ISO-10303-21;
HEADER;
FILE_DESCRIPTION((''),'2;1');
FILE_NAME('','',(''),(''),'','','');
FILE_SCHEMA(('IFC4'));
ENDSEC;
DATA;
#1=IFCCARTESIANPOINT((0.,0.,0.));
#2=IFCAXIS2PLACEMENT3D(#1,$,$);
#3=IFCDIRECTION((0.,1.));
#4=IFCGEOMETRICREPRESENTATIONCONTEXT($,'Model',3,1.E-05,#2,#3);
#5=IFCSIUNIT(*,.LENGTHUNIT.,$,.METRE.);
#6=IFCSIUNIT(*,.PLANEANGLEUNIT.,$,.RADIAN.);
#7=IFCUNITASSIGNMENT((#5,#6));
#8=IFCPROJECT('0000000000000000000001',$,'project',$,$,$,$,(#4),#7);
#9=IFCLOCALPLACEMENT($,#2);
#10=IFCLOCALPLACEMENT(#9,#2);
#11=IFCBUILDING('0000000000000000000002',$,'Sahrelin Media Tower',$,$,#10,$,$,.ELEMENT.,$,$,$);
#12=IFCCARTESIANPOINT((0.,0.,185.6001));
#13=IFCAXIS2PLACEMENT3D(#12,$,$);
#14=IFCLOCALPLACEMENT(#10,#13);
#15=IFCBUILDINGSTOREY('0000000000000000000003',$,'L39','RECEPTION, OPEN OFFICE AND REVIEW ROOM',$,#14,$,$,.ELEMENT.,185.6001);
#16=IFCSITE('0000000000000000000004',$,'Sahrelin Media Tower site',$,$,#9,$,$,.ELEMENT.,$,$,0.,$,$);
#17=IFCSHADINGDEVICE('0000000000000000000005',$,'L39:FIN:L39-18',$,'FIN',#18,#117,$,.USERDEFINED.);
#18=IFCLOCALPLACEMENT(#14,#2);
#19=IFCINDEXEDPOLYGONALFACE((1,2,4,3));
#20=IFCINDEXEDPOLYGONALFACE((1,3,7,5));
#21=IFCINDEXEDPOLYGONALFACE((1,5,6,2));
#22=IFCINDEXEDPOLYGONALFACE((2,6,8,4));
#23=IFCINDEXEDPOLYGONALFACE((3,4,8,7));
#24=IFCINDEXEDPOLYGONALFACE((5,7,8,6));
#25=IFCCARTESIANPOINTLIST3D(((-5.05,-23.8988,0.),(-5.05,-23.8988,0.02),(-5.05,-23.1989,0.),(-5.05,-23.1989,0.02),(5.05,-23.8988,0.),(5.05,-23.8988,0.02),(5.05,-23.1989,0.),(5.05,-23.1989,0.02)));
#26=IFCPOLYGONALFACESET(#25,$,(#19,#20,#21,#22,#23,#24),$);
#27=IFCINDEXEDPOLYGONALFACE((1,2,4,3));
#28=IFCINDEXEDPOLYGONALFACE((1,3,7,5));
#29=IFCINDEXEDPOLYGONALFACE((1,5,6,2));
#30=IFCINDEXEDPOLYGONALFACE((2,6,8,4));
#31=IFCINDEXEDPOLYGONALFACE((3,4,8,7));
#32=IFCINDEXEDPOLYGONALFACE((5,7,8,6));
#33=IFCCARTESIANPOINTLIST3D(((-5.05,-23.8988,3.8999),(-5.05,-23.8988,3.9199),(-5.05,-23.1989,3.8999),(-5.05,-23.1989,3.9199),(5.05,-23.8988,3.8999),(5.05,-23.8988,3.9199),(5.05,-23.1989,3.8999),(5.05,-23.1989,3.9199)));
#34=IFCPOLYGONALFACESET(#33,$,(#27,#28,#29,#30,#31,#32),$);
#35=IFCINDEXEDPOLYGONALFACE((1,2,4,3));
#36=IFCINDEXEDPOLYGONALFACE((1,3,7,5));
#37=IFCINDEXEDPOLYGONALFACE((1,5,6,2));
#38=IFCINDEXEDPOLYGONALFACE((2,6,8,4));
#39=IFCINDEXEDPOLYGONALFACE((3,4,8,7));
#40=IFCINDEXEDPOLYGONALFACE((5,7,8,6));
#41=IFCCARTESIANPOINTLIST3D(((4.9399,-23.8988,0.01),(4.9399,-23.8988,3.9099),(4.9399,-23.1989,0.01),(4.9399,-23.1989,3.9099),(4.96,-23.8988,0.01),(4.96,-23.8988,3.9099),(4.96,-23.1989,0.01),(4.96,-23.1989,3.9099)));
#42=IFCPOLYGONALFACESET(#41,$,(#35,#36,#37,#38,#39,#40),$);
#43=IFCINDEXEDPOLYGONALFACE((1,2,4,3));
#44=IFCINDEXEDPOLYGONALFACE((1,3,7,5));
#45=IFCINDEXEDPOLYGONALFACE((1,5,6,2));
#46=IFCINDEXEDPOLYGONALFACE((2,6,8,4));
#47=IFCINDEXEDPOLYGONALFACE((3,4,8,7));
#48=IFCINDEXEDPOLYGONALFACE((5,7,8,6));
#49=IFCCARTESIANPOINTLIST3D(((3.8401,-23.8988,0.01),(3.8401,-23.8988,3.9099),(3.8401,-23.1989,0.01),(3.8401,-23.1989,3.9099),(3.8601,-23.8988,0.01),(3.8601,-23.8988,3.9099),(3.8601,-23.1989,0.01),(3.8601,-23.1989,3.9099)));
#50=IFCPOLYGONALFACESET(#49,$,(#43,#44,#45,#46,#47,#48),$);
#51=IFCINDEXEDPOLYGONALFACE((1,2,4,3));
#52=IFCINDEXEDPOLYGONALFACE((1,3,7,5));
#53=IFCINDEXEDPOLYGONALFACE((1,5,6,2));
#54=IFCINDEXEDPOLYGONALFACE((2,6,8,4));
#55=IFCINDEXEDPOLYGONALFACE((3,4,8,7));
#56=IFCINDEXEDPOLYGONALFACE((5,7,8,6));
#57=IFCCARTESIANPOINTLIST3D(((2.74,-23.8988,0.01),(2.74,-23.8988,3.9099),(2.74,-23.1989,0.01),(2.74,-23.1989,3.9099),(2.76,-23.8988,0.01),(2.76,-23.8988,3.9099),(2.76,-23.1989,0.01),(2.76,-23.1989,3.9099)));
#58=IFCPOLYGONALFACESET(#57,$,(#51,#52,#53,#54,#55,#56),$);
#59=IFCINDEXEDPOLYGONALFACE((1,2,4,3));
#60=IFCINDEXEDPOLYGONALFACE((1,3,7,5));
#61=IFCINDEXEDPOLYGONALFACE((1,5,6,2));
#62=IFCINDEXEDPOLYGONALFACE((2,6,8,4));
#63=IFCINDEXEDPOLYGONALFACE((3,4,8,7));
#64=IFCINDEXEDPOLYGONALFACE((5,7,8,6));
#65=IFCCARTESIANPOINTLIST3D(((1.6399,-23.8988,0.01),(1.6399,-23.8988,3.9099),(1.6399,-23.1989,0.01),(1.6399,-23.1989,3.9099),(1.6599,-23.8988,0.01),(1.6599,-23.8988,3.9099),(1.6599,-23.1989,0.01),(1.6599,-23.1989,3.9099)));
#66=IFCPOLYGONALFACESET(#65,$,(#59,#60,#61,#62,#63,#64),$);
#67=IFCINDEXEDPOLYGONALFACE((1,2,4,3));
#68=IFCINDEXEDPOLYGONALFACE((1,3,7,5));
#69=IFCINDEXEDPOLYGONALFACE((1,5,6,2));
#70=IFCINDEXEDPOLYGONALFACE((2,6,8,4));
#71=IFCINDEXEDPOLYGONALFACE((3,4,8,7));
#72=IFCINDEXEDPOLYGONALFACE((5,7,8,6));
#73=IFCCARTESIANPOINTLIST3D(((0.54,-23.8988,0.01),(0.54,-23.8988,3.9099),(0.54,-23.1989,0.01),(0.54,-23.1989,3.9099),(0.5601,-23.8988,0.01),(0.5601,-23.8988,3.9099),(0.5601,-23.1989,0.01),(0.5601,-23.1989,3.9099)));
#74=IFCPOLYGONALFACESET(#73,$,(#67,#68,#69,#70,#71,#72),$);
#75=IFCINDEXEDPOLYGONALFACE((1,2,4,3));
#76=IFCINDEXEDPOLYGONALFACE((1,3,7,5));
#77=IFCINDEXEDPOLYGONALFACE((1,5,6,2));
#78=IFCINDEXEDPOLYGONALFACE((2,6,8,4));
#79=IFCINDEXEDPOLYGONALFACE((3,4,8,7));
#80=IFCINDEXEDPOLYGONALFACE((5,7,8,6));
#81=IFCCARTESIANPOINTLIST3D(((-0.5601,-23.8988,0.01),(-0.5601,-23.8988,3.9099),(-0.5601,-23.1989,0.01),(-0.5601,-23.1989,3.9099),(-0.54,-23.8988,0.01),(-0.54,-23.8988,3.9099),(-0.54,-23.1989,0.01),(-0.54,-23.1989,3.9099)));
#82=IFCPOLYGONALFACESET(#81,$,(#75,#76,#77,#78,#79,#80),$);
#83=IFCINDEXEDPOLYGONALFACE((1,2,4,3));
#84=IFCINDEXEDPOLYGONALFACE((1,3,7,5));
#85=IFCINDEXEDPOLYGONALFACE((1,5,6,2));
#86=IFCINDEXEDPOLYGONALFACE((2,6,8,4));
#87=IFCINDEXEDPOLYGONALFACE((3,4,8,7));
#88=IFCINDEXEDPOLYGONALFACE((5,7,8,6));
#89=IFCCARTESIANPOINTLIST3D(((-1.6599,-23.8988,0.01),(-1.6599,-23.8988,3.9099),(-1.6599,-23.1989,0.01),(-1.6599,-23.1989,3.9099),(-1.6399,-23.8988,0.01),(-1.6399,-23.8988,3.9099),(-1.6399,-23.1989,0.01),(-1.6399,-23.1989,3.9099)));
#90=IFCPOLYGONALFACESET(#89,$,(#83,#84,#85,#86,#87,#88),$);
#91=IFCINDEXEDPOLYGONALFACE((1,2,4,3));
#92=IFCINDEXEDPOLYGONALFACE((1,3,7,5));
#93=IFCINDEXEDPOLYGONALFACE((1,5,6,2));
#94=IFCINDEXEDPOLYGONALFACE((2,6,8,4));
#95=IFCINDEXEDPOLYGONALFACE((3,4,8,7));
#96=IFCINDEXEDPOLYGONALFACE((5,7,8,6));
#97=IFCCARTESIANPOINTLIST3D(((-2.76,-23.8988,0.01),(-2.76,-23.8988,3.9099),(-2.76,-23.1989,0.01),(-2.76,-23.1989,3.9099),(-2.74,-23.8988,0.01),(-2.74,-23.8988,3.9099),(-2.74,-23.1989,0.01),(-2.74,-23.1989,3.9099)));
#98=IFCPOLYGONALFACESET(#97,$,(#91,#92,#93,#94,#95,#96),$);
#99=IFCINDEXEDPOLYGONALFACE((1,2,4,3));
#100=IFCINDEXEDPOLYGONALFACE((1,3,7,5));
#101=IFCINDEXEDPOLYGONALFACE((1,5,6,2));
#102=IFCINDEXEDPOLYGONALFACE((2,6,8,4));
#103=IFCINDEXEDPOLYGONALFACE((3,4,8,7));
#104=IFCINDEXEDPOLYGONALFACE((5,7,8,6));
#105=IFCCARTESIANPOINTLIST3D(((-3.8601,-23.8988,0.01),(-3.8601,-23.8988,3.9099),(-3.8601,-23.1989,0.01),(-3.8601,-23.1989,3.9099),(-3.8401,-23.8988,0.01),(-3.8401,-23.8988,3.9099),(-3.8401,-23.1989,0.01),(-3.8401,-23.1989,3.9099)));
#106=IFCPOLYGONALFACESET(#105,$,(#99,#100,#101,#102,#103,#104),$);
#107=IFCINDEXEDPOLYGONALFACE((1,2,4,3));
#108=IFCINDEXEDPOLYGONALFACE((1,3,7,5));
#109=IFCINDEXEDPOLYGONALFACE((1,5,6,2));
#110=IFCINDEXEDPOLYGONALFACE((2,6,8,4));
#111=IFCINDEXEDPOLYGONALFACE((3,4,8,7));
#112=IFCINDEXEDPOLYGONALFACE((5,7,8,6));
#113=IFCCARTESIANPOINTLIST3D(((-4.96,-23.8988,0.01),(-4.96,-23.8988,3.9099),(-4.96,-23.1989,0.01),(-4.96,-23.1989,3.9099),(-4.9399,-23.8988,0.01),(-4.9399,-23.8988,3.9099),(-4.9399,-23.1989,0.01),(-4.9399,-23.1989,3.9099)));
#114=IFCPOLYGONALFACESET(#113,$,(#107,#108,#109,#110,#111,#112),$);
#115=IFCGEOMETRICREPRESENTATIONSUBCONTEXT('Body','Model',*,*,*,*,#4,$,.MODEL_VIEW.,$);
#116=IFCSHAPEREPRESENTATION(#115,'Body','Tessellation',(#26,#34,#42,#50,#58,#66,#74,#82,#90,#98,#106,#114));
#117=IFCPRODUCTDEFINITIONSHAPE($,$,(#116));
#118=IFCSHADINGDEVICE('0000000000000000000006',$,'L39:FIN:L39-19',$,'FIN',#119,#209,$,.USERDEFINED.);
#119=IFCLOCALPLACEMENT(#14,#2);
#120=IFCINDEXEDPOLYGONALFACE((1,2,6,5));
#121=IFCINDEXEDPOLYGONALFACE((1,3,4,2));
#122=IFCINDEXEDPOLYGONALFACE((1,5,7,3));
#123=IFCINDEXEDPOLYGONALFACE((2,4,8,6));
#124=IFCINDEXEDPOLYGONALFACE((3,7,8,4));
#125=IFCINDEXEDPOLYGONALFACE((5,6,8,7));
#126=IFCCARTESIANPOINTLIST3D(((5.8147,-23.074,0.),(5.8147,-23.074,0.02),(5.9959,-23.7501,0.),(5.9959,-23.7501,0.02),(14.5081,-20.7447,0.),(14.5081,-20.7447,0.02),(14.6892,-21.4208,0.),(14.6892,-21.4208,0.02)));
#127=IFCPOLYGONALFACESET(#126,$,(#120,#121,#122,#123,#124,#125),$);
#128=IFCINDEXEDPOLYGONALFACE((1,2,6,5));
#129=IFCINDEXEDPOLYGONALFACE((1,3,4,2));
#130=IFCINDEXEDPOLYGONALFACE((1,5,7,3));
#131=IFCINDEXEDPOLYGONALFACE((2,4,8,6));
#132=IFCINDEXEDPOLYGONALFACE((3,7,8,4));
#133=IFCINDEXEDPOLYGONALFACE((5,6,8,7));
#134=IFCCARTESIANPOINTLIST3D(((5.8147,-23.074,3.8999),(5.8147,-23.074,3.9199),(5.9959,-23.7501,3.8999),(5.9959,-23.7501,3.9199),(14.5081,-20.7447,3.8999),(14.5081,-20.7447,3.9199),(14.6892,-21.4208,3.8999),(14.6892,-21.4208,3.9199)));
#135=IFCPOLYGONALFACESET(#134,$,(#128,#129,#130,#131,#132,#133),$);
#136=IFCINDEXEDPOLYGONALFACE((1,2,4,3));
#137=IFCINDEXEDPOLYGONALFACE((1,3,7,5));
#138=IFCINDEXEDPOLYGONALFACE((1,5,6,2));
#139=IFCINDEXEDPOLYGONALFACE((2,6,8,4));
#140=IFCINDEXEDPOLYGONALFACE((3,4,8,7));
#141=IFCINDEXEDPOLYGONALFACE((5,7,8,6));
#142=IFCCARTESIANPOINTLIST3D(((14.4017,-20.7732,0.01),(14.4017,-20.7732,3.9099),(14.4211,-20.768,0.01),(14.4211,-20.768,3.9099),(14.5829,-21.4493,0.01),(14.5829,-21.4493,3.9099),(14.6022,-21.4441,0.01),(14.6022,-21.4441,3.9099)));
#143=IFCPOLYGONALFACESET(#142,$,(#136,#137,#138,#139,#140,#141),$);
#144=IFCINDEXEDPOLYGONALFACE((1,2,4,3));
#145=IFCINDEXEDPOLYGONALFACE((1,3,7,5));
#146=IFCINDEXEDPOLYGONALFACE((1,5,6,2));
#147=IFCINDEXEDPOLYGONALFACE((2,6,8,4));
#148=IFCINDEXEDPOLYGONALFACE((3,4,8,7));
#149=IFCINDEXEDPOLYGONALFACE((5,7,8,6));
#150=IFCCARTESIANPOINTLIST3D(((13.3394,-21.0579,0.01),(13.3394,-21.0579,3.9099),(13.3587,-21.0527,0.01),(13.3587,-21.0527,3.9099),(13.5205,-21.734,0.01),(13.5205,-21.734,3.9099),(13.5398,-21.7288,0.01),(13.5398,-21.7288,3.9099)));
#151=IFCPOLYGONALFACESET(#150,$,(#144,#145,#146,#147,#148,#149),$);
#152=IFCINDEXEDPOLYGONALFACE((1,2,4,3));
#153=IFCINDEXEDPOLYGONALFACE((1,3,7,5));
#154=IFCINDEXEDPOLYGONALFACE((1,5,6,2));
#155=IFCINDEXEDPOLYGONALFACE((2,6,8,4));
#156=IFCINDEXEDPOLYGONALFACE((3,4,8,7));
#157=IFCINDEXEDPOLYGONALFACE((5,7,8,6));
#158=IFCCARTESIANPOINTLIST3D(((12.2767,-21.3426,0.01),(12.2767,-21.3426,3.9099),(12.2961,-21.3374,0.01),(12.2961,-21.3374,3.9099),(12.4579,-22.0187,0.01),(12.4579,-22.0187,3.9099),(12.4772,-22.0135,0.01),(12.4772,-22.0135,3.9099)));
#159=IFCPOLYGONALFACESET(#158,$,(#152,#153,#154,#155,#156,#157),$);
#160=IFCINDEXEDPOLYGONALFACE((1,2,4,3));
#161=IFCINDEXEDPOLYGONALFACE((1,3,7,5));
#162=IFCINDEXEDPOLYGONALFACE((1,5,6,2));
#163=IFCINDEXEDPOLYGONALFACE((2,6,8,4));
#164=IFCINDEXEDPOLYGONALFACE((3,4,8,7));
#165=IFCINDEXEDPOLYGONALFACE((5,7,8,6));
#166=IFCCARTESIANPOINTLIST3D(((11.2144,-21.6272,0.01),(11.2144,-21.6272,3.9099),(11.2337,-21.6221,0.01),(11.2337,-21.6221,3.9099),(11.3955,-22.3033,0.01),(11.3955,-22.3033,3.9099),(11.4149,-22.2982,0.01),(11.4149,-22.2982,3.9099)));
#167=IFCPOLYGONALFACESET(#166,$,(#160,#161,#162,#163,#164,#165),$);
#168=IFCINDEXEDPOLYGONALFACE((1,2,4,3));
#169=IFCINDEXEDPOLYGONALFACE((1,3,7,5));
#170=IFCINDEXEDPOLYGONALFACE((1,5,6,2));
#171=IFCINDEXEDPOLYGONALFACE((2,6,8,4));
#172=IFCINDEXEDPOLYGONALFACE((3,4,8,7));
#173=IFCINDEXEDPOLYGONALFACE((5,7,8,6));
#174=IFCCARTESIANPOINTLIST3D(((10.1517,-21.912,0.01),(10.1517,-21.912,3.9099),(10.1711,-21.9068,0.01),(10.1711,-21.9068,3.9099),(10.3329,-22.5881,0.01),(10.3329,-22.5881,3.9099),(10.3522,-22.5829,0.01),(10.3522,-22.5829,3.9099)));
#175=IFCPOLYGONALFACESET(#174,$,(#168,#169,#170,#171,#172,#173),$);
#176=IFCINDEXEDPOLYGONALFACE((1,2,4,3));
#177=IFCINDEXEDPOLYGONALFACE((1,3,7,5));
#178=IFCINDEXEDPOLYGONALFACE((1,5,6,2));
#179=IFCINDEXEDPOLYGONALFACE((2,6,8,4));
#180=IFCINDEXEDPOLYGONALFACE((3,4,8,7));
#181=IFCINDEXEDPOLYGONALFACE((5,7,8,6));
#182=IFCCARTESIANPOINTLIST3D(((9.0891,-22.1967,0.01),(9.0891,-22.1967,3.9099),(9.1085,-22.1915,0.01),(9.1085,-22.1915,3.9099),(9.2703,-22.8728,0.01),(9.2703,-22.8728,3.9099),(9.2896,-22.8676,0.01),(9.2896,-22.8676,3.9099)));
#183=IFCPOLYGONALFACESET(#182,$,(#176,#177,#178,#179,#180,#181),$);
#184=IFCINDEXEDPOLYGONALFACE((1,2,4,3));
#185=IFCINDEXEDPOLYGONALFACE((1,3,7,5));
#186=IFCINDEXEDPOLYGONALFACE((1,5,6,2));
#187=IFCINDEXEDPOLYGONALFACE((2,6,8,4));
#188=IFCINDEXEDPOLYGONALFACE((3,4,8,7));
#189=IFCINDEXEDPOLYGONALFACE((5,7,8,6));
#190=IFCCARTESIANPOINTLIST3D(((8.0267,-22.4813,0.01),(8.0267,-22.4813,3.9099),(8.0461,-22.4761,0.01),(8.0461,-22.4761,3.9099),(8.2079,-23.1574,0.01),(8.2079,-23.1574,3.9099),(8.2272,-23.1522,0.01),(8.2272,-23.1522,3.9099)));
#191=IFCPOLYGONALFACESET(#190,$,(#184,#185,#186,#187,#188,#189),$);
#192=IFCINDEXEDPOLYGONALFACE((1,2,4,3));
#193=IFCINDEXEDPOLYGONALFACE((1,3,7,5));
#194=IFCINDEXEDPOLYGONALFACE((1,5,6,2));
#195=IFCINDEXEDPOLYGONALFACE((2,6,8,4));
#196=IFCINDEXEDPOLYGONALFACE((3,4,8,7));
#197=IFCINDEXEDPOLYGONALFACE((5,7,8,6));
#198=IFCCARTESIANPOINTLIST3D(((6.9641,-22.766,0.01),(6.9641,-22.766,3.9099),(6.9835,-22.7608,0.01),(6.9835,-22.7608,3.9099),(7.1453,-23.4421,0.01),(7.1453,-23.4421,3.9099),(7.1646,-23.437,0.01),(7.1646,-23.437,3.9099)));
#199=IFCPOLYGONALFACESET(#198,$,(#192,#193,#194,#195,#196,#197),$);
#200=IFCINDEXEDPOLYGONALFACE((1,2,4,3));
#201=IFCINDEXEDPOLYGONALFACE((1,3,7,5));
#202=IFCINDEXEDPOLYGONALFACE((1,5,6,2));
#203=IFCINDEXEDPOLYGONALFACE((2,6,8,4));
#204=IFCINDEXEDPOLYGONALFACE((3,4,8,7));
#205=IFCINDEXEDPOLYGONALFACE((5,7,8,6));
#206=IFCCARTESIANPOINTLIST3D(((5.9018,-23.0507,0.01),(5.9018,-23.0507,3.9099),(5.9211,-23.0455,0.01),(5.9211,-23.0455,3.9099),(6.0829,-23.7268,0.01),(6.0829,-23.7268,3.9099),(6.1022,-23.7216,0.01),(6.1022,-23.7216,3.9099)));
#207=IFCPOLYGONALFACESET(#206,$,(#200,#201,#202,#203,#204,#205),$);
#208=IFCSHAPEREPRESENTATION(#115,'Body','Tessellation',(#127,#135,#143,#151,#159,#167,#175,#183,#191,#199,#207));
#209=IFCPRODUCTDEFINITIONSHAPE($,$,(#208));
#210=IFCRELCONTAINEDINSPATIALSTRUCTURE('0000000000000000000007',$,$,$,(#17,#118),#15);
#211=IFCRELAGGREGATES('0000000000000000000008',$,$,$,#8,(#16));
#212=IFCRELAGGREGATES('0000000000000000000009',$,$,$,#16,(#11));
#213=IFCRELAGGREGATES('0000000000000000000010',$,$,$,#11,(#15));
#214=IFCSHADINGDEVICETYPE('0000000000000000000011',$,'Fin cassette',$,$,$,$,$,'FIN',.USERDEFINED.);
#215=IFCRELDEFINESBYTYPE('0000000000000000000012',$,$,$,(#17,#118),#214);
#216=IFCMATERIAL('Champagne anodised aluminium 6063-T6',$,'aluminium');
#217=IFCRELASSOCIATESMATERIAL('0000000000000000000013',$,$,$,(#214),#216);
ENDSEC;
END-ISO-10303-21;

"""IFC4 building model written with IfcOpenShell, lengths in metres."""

from ifc_helpers import new_model, si_unit, direction, frame, origin, origin_2d, place, context, subcontext, project, spatial, rectangle, extrude, material, type_object, element, save


model = new_model("IFC4")

# Units and contexts
model_context = context("Model", 3, precision=1e-05, world=origin(), true_north=direction((0.0, 1.0)))
body_context = subcontext(model_context, "Body", "Model", "MODEL_VIEW")
ifc_project = project(units=[si_unit("LENGTHUNIT", "METRE"), si_unit("PLANEANGLEUNIT", "RADIAN")], contexts=[model_context])

# Site, building, storey
site_placement = place(None, origin())
site = spatial("IfcSite", under=ifc_project, at=site_placement, Name="Sahrelin Media Tower site", CompositionType="ELEMENT", RefElevation=0.0)
building_placement = place(site_placement, origin())
building = spatial("IfcBuilding", under=site, at=building_placement, Name="Sahrelin Media Tower", CompositionType="ELEMENT")
storey_placement = place(building_placement, frame((0.0, 0.0, 185.6001)))
storey = spatial("IfcBuildingStorey", under=building, at=storey_placement, Name="L39", Description="RECEPTION, OPEN OFFICE AND REVIEW ROOM", CompositionType="ELEMENT", Elevation=185.6001)

# Shared definitions
ifc_material_1 = material(Name="Champagne anodised aluminium 6063-T6", Category="aluminium")

# Shading devices
shading_device_type_1 = type_object("IfcShadingDeviceType", Name="Fin cassette", ElementType="FIN", PredefinedType="USERDEFINED", material=ifc_material_1)
placement_1 = place(storey_placement, frame((0.0, -23.1289, 0.0), z_axis=(0.0, 0.0, 1.0), x_axis=(-1.0, 0.0, 0.0)))
element("IfcShadingDevice", 1, at=placement_1, inside=storey, type_object=shading_device_type_1, Name="L39:FIN:L39-18", ObjectType="FIN", PredefinedType="USERDEFINED", context=body_context, shape_type="SweptSolid", body=[
    extrude(rectangle(XDim=10.1001, YDim=0.7, at=origin_2d()), frame((0.0, 0.4199, 0.0)), (0.0, 0.0, 1.0), 0.02),
    extrude(rectangle(XDim=10.1001, YDim=0.7, at=origin_2d()), frame((0.0, 0.4199, 3.8999)), (0.0, 0.0, 1.0), 0.02),
    extrude(rectangle(XDim=0.02, YDim=0.7, at=origin_2d()), frame((-4.95, 0.4199, 0.01), z_axis=(0.0, 0.0, 1.0), x_axis=(1.0, 0.0, 0.0)), (0.0, 0.0, 1.0), 3.8999),
    extrude(rectangle(XDim=0.02, YDim=0.7, at=origin_2d()), frame((-3.8501, 0.4199, 0.01), z_axis=(0.0, 0.0, 1.0), x_axis=(1.0, 0.0, 0.0)), (0.0, 0.0, 1.0), 3.8999),
    extrude(rectangle(XDim=0.02, YDim=0.7, at=origin_2d()), frame((-2.75, 0.4199, 0.01), z_axis=(0.0, 0.0, 1.0), x_axis=(1.0, 0.0, 0.0)), (0.0, 0.0, 1.0), 3.8999),
    extrude(rectangle(XDim=0.02, YDim=0.7, at=origin_2d()), frame((-1.6499, 0.4199, 0.01), z_axis=(0.0, 0.0, 1.0), x_axis=(1.0, 0.0, 0.0)), (0.0, 0.0, 1.0), 3.8999),
    extrude(rectangle(XDim=0.02, YDim=0.7, at=origin_2d()), frame((-0.55, 0.4199, 0.01), z_axis=(0.0, 0.0, 1.0), x_axis=(1.0, 0.0, 0.0)), (0.0, 0.0, 1.0), 3.8999),
    extrude(rectangle(XDim=0.02, YDim=0.7, at=origin_2d()), frame((0.55, 0.4199, 0.01), z_axis=(0.0, 0.0, 1.0), x_axis=(1.0, 0.0, 0.0)), (0.0, 0.0, 1.0), 3.8999),
    extrude(rectangle(XDim=0.02, YDim=0.7, at=origin_2d()), frame((1.6499, 0.4199, 0.01), z_axis=(0.0, 0.0, 1.0), x_axis=(1.0, 0.0, 0.0)), (0.0, 0.0, 1.0), 3.8999),
    extrude(rectangle(XDim=0.02, YDim=0.7, at=origin_2d()), frame((2.75, 0.4199, 0.01), z_axis=(0.0, 0.0, 1.0), x_axis=(1.0, 0.0, 0.0)), (0.0, 0.0, 1.0), 3.8999),
    extrude(rectangle(XDim=0.02, YDim=0.7, at=origin_2d()), frame((3.8501, 0.4199, 0.01), z_axis=(0.0, 0.0, 1.0), x_axis=(1.0, 0.0, 0.0)), (0.0, 0.0, 1.0), 3.8999),
    extrude(rectangle(XDim=0.02, YDim=0.7, at=origin_2d()), frame((4.95, 0.4199, 0.01), z_axis=(0.0, 0.0, 1.0), x_axis=(1.0, 0.0, 0.0)), (0.0, 0.0, 1.0), 3.8999),
])
placement_2 = place(storey_placement, frame((10.1433, -21.8418, 0.0), z_axis=(0.0, 0.0, 1.0), x_axis=(-0.965929, -0.258808, 0.0)))
element("IfcShadingDevice", 2, at=placement_2, inside=storey, type_object=shading_device_type_1, Name="L39:FIN:L39-19", ObjectType="FIN", PredefinedType="USERDEFINED", context=body_context, shape_type="SweptSolid", body=[
    extrude(rectangle(XDim=9.0, YDim=0.7, at=origin_2d()), frame((0.0, 0.4199, 0.0)), (0.0, 0.0, 1.0), 0.02),
    extrude(rectangle(XDim=9.0, YDim=0.7, at=origin_2d()), frame((0.0, 0.4199, 3.8999)), (0.0, 0.0, 1.0), 0.02),
    extrude(rectangle(XDim=0.02, YDim=0.7, at=origin_2d()), frame((-4.3999, 0.4199, 0.01), z_axis=(0.0, 0.0, 1.0), x_axis=(1.0, 0.0, 0.0)), (0.0, 0.0, 1.0), 3.8999),
    extrude(rectangle(XDim=0.02, YDim=0.7, at=origin_2d()), frame((-3.3, 0.4199, 0.01), z_axis=(0.0, 0.0, 1.0), x_axis=(1.0, 0.0, 0.0)), (0.0, 0.0, 1.0), 3.8999),
    extrude(rectangle(XDim=0.02, YDim=0.7, at=origin_2d()), frame((-2.2, 0.4199, 0.01), z_axis=(0.0, 0.0, 1.0), x_axis=(1.0, 0.0, 0.0)), (0.0, 0.0, 1.0), 3.8999),
    extrude(rectangle(XDim=0.02, YDim=0.7, at=origin_2d()), frame((-1.1001, 0.4199, 0.01), z_axis=(0.0, 0.0, 1.0), x_axis=(1.0, 0.0, 0.0)), (0.0, 0.0, 1.0), 3.8999),
    extrude(rectangle(XDim=0.02, YDim=0.7, at=origin_2d()), frame((0.0, 0.4199, 0.01), z_axis=(0.0, 0.0, 1.0), x_axis=(1.0, 0.0, 0.0)), (0.0, 0.0, 1.0), 3.8999),
    extrude(rectangle(XDim=0.02, YDim=0.7, at=origin_2d()), frame((1.1001, 0.4199, 0.01), z_axis=(0.0, 0.0, 1.0), x_axis=(1.0, 0.0, 0.0)), (0.0, 0.0, 1.0), 3.8999),
    extrude(rectangle(XDim=0.02, YDim=0.7, at=origin_2d()), frame((2.2, 0.4199, 0.01), z_axis=(0.0, 0.0, 1.0), x_axis=(1.0, 0.0, 0.0)), (0.0, 0.0, 1.0), 3.8999),
    extrude(rectangle(XDim=0.02, YDim=0.7, at=origin_2d()), frame((3.3, 0.4199, 0.01), z_axis=(0.0, 0.0, 1.0), x_axis=(1.0, 0.0, 0.0)), (0.0, 0.0, 1.0), 3.8999),
    extrude(rectangle(XDim=0.02, YDim=0.7, at=origin_2d()), frame((4.3999, 0.4199, 0.01), z_axis=(0.0, 0.0, 1.0), x_axis=(1.0, 0.0, 0.0)), (0.0, 0.0, 1.0), 3.8999),
])

save(model, "model.ifc")
